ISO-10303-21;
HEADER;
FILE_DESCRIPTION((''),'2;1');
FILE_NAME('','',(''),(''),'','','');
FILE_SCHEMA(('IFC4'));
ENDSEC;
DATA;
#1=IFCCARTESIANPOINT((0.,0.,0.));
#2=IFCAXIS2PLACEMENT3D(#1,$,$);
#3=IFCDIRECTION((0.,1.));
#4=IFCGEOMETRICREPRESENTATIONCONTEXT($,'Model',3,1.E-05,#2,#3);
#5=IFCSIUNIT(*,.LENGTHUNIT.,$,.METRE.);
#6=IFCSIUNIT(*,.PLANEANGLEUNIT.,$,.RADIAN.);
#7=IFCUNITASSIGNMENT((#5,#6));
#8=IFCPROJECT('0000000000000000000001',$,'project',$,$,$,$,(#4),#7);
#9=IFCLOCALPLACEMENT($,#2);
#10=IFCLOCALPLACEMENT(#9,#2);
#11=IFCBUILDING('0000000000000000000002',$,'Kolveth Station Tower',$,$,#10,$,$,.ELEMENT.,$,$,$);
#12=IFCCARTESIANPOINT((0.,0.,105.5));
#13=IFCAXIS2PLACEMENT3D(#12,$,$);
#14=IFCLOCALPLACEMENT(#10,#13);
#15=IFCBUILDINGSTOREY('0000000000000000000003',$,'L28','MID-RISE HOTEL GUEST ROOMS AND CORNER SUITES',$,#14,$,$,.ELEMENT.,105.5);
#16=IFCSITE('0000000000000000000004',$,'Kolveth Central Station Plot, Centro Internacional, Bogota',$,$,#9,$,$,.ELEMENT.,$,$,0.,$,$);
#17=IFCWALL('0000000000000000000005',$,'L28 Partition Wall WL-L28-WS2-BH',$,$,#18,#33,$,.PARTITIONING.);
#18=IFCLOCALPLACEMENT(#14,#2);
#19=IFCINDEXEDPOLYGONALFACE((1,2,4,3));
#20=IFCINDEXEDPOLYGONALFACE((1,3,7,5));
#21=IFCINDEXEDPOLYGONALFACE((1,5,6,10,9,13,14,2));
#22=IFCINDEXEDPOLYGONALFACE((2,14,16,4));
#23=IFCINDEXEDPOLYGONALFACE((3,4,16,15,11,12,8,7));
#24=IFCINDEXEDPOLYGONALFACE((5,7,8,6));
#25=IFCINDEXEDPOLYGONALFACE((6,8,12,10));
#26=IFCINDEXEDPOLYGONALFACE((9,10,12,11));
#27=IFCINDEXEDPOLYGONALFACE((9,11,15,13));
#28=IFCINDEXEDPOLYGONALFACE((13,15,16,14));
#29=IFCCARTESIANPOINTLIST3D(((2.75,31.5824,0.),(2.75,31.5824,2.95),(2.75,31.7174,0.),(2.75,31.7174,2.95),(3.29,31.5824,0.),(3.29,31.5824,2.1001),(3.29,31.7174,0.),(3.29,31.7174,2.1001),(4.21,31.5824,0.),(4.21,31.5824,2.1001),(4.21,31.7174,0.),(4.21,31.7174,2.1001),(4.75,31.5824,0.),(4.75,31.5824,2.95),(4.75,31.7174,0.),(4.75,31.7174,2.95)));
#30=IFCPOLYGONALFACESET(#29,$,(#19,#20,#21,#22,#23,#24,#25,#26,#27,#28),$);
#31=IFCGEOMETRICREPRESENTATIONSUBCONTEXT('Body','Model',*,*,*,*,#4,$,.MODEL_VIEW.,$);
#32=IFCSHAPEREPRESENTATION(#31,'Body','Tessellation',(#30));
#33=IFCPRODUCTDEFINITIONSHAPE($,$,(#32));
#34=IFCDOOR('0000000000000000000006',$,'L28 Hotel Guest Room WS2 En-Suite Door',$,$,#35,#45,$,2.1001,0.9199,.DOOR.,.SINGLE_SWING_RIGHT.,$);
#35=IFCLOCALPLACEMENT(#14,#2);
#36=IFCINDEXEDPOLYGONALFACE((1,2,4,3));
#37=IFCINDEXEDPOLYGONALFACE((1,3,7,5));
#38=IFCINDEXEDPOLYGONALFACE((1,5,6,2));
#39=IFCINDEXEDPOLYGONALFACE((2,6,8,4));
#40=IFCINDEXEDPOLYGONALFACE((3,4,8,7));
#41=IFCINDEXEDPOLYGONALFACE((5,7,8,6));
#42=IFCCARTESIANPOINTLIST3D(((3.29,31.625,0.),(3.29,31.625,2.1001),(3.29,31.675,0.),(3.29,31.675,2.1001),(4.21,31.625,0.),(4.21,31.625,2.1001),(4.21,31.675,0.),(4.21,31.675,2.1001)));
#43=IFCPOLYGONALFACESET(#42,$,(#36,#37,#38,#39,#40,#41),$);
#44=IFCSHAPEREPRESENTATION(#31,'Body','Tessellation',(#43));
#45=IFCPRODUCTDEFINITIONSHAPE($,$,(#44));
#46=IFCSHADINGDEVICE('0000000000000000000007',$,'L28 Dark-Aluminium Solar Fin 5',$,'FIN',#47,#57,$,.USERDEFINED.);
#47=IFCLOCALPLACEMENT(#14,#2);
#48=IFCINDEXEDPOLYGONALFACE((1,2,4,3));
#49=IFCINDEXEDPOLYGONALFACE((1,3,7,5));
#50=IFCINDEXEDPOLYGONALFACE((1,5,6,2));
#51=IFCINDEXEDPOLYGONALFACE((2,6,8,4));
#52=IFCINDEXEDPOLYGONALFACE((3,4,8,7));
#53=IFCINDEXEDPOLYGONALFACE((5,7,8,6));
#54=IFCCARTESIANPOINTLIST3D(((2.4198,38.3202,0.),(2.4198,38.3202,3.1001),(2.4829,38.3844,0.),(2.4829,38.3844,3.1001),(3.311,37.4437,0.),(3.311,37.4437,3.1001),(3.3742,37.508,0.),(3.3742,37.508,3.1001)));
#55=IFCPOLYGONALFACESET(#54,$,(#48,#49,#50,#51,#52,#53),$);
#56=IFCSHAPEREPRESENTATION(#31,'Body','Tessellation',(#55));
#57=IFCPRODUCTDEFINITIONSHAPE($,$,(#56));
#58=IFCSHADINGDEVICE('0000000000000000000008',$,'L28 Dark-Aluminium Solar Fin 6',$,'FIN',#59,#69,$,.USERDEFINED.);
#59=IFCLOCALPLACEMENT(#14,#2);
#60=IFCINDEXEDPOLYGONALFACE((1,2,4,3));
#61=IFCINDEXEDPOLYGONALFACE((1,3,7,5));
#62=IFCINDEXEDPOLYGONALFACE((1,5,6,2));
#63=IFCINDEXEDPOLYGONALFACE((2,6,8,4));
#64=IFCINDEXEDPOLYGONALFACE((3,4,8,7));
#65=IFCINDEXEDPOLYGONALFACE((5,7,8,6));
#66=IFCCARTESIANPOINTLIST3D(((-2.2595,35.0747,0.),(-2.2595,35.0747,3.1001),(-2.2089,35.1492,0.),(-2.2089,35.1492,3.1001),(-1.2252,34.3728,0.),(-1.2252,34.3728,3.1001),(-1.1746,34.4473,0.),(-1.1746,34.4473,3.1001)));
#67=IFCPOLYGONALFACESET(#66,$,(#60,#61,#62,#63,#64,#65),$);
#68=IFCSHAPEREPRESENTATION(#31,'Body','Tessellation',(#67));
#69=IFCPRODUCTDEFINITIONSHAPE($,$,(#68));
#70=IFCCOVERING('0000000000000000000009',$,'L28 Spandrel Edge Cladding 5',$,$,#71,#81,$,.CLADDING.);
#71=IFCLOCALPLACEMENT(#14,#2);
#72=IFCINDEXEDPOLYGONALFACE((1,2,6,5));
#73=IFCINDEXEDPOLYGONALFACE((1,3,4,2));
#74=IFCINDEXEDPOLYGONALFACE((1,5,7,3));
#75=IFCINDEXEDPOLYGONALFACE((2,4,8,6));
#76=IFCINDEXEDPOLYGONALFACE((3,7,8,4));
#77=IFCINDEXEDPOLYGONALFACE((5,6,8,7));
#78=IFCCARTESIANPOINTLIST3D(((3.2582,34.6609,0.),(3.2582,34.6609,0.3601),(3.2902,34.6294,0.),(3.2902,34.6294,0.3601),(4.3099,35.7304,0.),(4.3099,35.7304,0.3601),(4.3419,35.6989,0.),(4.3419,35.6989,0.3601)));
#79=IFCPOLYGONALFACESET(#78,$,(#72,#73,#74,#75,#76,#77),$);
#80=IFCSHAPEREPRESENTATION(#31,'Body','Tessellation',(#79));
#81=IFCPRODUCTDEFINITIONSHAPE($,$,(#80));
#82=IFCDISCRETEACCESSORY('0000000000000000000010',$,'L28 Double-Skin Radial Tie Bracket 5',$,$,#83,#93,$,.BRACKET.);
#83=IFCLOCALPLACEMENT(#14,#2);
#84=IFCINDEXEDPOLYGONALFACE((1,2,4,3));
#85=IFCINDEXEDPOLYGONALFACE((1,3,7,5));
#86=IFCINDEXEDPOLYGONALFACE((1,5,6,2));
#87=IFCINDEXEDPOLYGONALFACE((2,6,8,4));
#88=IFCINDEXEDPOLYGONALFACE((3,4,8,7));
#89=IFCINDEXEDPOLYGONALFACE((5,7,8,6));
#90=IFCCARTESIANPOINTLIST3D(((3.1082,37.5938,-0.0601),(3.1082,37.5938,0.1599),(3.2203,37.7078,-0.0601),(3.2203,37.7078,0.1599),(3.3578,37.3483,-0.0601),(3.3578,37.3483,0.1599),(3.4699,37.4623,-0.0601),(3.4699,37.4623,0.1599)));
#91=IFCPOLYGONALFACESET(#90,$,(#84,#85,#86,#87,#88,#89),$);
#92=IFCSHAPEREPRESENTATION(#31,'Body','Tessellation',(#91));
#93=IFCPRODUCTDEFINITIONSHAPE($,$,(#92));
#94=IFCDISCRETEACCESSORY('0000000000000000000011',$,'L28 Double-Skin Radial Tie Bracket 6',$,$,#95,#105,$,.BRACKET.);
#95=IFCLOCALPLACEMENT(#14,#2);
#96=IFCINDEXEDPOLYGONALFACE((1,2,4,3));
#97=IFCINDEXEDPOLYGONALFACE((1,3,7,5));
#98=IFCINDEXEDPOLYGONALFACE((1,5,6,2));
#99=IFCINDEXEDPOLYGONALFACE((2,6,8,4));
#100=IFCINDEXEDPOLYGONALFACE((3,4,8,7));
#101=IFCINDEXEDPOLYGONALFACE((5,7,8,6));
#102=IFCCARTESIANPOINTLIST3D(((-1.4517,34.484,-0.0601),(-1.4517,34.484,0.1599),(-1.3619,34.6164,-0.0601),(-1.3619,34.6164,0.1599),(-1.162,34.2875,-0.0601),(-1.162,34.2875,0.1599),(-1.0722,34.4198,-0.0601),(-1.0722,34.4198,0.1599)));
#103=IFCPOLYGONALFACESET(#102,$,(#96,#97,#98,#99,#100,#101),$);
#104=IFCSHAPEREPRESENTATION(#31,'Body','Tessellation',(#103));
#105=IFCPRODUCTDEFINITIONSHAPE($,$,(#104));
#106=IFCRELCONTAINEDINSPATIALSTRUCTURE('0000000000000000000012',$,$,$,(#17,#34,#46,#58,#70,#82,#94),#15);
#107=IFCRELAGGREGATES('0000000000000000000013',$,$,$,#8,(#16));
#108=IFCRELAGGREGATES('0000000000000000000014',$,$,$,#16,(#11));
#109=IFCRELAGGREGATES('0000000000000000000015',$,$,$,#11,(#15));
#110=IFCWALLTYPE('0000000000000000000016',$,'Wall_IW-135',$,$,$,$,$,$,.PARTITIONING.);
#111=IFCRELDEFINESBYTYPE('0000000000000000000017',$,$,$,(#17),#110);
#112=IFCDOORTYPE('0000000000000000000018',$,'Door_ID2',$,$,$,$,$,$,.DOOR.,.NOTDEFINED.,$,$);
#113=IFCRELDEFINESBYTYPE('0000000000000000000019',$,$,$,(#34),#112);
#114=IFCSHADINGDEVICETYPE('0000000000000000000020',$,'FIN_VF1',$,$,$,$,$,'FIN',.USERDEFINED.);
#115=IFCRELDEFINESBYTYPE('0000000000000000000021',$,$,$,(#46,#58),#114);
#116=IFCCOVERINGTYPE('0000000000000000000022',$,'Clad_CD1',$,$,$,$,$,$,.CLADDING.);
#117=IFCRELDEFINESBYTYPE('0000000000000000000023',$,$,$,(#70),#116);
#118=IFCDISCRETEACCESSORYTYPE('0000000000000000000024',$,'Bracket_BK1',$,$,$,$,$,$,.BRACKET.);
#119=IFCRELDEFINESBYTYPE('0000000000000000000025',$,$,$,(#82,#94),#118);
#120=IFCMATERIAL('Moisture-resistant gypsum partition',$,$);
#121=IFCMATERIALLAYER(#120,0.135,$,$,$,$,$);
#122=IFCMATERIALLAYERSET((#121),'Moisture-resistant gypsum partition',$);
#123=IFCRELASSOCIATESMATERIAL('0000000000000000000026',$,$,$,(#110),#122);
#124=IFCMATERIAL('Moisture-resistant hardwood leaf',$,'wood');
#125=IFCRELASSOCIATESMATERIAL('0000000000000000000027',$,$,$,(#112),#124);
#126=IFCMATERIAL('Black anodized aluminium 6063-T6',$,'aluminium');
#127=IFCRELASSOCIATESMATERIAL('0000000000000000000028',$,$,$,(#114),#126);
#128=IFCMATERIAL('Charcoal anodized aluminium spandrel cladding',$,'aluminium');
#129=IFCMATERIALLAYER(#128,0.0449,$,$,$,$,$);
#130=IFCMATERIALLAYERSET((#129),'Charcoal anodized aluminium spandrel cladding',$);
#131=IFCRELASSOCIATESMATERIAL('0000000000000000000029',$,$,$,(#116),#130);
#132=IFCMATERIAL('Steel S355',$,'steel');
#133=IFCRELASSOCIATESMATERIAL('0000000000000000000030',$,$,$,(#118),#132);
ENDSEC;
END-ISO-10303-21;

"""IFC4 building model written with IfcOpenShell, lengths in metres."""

from ifc_helpers import new_model, si_unit, direction, frame, frame_2d, origin, origin_2d, place, context, subcontext, project, spatial, rectangle, extrude, source, transform, mapped, material, layer, layer_set, type_object, element, fill, save


model = new_model("IFC4")

# Units and contexts
model_context = context("Model", 3, precision=1e-05, world=origin(), true_north=direction((0.0, 1.0)))
body_context = subcontext(model_context, "Body", "Model", "MODEL_VIEW")
ifc_project = project(units=[si_unit("LENGTHUNIT", "METRE"), si_unit("PLANEANGLEUNIT", "RADIAN")], contexts=[model_context])

# Site, building, storey
site_placement = place(None, origin())
site = spatial("IfcSite", under=ifc_project, at=site_placement, Name="Kolveth Central Station Plot, Centro Internacional, Bogota", CompositionType="ELEMENT", RefElevation=0.0)
building_placement = place(site_placement, origin())
building = spatial("IfcBuilding", under=site, at=building_placement, Name="Kolveth Station Tower", CompositionType="ELEMENT")
storey_placement = place(building_placement, frame((0.0, 0.0, 105.5)))
storey = spatial("IfcBuildingStorey", under=building, at=storey_placement, Name="L28", Description="MID-RISE HOTEL GUEST ROOMS AND CORNER SUITES", CompositionType="ELEMENT", Elevation=105.5)

# Shared definitions
ifc_material_1 = material(Name="Black anodized aluminium 6063-T6", Category="aluminium")

# Wall, opening, door
ifc_material_2 = material(Name="Moisture-resistant gypsum partition")
ifc_layer_1 = layer(ifc_material_2, 0.135)
ifc_layer_set_1 = layer_set([ifc_layer_1], Name="Moisture-resistant gypsum partition")
wall_type = type_object("IfcWallType", Name="Wall_IW-135", PredefinedType="PARTITIONING", material=ifc_layer_set_1)
wall_placement = place(storey_placement, frame((2.75, 31.6499, 0.0), z_axis=(0.0, 0.0, 1.0), x_axis=(1.0, 0.0, 0.0)))
wall = element("IfcWall", 1, at=wall_placement, inside=storey, type_object=wall_type, Name="L28 Partition Wall WL-L28-WS2-BH", PredefinedType="PARTITIONING", context=body_context, shape_type="SweptSolid", body=[
    extrude(rectangle(XDim=2.0, YDim=0.135, at=frame_2d((1.0, 0.0))), origin(), (0.0, 0.0, 1.0), 2.95),
])
opening_placement = place(wall_placement, frame((0.54, 0.0, 0.0)))
opening = element("IfcOpeningElement", 2, at=opening_placement, cuts=wall, PredefinedType="OPENING", context=body_context, shape_type="SweptSolid", body=[
    extrude(rectangle(XDim=0.9199, YDim=2.1001, at=frame_2d((0.46, 1.05))), frame((0.0, 0.0774, 0.0), z_axis=(0.0, -1.0, 0.0), x_axis=(1.0, 0.0, 0.0)), (0.0, 0.0, 1.0), 0.155),
])
ifc_material_3 = material(Name="Moisture-resistant hardwood leaf", Category="wood")
door_type = type_object("IfcDoorType", Name="Door_ID2", OperationType="NOTDEFINED", PredefinedType="DOOR", material=ifc_material_3)
door_placement = place(opening_placement, frame((0.9199, 0.0, 0.0), z_axis=(0.0, 0.0, 1.0), x_axis=(-1.0, 0.0, 0.0)))
door = element("IfcDoor", 3, at=door_placement, inside=storey, type_object=door_type, Name="L28 Hotel Guest Room WS2 En-Suite Door", OperationType="SINGLE_SWING_RIGHT", OverallHeight=2.1001, OverallWidth=0.9199, PredefinedType="DOOR", context=body_context, shape_type="SweptSolid", body=[
    extrude(rectangle(XDim=0.9199, YDim=2.1001, at=frame_2d((0.46, 1.05))), frame((0.0, 0.0249, 0.0), z_axis=(0.0, -1.0, 0.0), x_axis=(1.0, 0.0, 0.0)), (0.0, 0.0, 1.0), 0.05),
])
fill(opening, door)

# Shading devices
shading_device_type = type_object("IfcShadingDeviceType", Name="FIN_VF1", ElementType="FIN", PredefinedType="USERDEFINED", material=ifc_material_1)
shared_shape_1 = source(origin(), body_context, "Body", "SweptSolid", [
    extrude(rectangle(XDim=1.25, YDim=0.0901, at=origin_2d()), origin(), (0.0, 0.0, 1.0), 3.1001),
])
for number, where, z_axis, x_axis, name in (
    (4, (2.897, 37.9141, 0.0), (0.0, 0.0, 1.0), (-0.713006, 0.701158, 0.0), "L28 Dark-Aluminium Solar Fin 5"),
    (5, (-1.717, 34.761, 0.0), (0.0, 0.0, 1.0), (-0.827473, 0.561506, 0.0), "L28 Dark-Aluminium Solar Fin 6"),
):
    element("IfcShadingDevice", number, at=place(storey_placement, frame(where, z_axis=z_axis, x_axis=x_axis)), inside=storey, type_object=shading_device_type, Name=name, ObjectType="FIN", PredefinedType="USERDEFINED", context=body_context, shape_type="MappedRepresentation", body=[
        mapped(shared_shape_1, transform((0.0, 0.0, 0.0), x_axis=(1.0, 0.0, 0.0), y_axis=(0.0, 1.0, 0.0), z_axis=(0.0, 0.0, 1.0), scale=1.0)),
    ])

# Covering
ifc_material_4 = material(Name="Charcoal anodized aluminium spandrel cladding", Category="aluminium")
ifc_layer_2 = layer(ifc_material_4, 0.0449)
ifc_layer_set_2 = layer_set([ifc_layer_2], Name="Charcoal anodized aluminium spandrel cladding")
covering_type = type_object("IfcCoveringType", Name="Clad_CD1", PredefinedType="CLADDING", material=ifc_layer_set_2)
shared_shape_2 = source(origin(), body_context, "Body", "SweptSolid", [
    extrude(rectangle(XDim=1.5, YDim=0.0449, at=origin_2d()), origin(), (0.0, 0.0, 1.0), 0.3601),
])
covering_placement = place(storey_placement, frame((3.8, 35.1799, 0.0), z_axis=(0.0, 0.0, 1.0), x_axis=(-0.701158, -0.713006, 0.0)))
element("IfcCovering", 6, at=covering_placement, inside=storey, type_object=covering_type, Name="L28 Spandrel Edge Cladding 5", PredefinedType="CLADDING", context=body_context, shape_type="MappedRepresentation", body=[
    mapped(shared_shape_2, transform((0.0, 0.0, 0.0), x_axis=(1.0, 0.0, 0.0), y_axis=(0.0, 1.0, 0.0), z_axis=(0.0, 0.0, 1.0), scale=1.0)),
])

# Discrete accessories
ifc_material_5 = material(Name="Steel S355", Category="steel")
discrete_accessory_type = type_object("IfcDiscreteAccessoryType", Name="Bracket_BK1", PredefinedType="BRACKET", material=ifc_material_5)
shared_shape_3 = source(origin(), body_context, "Body", "SweptSolid", [
    extrude(rectangle(XDim=0.3501, YDim=0.1599, at=origin_2d()), origin(), (0.0, 0.0, 1.0), 0.22),
])
for number, where, z_axis, x_axis, name in (
    (7, (3.2891, 37.5281, -0.0601), (0.0, 0.0, 1.0), (-0.713006, 0.701158, 0.0), "L28 Double-Skin Radial Tie Bracket 5"),
    (8, (-1.262, 34.4519, -0.0601), (0.0, 0.0, 1.0), (-0.827473, 0.561506, 0.0), "L28 Double-Skin Radial Tie Bracket 6"),
):
    element("IfcDiscreteAccessory", number, at=place(storey_placement, frame(where, z_axis=z_axis, x_axis=x_axis)), inside=storey, type_object=discrete_accessory_type, Name=name, PredefinedType="BRACKET", context=body_context, shape_type="MappedRepresentation", body=[
        mapped(shared_shape_3, transform((0.0, 0.0, 0.0), x_axis=(1.0, 0.0, 0.0), y_axis=(0.0, 1.0, 0.0), z_axis=(0.0, 0.0, 1.0), scale=1.0)),
    ])

save(model, "model.ifc")
